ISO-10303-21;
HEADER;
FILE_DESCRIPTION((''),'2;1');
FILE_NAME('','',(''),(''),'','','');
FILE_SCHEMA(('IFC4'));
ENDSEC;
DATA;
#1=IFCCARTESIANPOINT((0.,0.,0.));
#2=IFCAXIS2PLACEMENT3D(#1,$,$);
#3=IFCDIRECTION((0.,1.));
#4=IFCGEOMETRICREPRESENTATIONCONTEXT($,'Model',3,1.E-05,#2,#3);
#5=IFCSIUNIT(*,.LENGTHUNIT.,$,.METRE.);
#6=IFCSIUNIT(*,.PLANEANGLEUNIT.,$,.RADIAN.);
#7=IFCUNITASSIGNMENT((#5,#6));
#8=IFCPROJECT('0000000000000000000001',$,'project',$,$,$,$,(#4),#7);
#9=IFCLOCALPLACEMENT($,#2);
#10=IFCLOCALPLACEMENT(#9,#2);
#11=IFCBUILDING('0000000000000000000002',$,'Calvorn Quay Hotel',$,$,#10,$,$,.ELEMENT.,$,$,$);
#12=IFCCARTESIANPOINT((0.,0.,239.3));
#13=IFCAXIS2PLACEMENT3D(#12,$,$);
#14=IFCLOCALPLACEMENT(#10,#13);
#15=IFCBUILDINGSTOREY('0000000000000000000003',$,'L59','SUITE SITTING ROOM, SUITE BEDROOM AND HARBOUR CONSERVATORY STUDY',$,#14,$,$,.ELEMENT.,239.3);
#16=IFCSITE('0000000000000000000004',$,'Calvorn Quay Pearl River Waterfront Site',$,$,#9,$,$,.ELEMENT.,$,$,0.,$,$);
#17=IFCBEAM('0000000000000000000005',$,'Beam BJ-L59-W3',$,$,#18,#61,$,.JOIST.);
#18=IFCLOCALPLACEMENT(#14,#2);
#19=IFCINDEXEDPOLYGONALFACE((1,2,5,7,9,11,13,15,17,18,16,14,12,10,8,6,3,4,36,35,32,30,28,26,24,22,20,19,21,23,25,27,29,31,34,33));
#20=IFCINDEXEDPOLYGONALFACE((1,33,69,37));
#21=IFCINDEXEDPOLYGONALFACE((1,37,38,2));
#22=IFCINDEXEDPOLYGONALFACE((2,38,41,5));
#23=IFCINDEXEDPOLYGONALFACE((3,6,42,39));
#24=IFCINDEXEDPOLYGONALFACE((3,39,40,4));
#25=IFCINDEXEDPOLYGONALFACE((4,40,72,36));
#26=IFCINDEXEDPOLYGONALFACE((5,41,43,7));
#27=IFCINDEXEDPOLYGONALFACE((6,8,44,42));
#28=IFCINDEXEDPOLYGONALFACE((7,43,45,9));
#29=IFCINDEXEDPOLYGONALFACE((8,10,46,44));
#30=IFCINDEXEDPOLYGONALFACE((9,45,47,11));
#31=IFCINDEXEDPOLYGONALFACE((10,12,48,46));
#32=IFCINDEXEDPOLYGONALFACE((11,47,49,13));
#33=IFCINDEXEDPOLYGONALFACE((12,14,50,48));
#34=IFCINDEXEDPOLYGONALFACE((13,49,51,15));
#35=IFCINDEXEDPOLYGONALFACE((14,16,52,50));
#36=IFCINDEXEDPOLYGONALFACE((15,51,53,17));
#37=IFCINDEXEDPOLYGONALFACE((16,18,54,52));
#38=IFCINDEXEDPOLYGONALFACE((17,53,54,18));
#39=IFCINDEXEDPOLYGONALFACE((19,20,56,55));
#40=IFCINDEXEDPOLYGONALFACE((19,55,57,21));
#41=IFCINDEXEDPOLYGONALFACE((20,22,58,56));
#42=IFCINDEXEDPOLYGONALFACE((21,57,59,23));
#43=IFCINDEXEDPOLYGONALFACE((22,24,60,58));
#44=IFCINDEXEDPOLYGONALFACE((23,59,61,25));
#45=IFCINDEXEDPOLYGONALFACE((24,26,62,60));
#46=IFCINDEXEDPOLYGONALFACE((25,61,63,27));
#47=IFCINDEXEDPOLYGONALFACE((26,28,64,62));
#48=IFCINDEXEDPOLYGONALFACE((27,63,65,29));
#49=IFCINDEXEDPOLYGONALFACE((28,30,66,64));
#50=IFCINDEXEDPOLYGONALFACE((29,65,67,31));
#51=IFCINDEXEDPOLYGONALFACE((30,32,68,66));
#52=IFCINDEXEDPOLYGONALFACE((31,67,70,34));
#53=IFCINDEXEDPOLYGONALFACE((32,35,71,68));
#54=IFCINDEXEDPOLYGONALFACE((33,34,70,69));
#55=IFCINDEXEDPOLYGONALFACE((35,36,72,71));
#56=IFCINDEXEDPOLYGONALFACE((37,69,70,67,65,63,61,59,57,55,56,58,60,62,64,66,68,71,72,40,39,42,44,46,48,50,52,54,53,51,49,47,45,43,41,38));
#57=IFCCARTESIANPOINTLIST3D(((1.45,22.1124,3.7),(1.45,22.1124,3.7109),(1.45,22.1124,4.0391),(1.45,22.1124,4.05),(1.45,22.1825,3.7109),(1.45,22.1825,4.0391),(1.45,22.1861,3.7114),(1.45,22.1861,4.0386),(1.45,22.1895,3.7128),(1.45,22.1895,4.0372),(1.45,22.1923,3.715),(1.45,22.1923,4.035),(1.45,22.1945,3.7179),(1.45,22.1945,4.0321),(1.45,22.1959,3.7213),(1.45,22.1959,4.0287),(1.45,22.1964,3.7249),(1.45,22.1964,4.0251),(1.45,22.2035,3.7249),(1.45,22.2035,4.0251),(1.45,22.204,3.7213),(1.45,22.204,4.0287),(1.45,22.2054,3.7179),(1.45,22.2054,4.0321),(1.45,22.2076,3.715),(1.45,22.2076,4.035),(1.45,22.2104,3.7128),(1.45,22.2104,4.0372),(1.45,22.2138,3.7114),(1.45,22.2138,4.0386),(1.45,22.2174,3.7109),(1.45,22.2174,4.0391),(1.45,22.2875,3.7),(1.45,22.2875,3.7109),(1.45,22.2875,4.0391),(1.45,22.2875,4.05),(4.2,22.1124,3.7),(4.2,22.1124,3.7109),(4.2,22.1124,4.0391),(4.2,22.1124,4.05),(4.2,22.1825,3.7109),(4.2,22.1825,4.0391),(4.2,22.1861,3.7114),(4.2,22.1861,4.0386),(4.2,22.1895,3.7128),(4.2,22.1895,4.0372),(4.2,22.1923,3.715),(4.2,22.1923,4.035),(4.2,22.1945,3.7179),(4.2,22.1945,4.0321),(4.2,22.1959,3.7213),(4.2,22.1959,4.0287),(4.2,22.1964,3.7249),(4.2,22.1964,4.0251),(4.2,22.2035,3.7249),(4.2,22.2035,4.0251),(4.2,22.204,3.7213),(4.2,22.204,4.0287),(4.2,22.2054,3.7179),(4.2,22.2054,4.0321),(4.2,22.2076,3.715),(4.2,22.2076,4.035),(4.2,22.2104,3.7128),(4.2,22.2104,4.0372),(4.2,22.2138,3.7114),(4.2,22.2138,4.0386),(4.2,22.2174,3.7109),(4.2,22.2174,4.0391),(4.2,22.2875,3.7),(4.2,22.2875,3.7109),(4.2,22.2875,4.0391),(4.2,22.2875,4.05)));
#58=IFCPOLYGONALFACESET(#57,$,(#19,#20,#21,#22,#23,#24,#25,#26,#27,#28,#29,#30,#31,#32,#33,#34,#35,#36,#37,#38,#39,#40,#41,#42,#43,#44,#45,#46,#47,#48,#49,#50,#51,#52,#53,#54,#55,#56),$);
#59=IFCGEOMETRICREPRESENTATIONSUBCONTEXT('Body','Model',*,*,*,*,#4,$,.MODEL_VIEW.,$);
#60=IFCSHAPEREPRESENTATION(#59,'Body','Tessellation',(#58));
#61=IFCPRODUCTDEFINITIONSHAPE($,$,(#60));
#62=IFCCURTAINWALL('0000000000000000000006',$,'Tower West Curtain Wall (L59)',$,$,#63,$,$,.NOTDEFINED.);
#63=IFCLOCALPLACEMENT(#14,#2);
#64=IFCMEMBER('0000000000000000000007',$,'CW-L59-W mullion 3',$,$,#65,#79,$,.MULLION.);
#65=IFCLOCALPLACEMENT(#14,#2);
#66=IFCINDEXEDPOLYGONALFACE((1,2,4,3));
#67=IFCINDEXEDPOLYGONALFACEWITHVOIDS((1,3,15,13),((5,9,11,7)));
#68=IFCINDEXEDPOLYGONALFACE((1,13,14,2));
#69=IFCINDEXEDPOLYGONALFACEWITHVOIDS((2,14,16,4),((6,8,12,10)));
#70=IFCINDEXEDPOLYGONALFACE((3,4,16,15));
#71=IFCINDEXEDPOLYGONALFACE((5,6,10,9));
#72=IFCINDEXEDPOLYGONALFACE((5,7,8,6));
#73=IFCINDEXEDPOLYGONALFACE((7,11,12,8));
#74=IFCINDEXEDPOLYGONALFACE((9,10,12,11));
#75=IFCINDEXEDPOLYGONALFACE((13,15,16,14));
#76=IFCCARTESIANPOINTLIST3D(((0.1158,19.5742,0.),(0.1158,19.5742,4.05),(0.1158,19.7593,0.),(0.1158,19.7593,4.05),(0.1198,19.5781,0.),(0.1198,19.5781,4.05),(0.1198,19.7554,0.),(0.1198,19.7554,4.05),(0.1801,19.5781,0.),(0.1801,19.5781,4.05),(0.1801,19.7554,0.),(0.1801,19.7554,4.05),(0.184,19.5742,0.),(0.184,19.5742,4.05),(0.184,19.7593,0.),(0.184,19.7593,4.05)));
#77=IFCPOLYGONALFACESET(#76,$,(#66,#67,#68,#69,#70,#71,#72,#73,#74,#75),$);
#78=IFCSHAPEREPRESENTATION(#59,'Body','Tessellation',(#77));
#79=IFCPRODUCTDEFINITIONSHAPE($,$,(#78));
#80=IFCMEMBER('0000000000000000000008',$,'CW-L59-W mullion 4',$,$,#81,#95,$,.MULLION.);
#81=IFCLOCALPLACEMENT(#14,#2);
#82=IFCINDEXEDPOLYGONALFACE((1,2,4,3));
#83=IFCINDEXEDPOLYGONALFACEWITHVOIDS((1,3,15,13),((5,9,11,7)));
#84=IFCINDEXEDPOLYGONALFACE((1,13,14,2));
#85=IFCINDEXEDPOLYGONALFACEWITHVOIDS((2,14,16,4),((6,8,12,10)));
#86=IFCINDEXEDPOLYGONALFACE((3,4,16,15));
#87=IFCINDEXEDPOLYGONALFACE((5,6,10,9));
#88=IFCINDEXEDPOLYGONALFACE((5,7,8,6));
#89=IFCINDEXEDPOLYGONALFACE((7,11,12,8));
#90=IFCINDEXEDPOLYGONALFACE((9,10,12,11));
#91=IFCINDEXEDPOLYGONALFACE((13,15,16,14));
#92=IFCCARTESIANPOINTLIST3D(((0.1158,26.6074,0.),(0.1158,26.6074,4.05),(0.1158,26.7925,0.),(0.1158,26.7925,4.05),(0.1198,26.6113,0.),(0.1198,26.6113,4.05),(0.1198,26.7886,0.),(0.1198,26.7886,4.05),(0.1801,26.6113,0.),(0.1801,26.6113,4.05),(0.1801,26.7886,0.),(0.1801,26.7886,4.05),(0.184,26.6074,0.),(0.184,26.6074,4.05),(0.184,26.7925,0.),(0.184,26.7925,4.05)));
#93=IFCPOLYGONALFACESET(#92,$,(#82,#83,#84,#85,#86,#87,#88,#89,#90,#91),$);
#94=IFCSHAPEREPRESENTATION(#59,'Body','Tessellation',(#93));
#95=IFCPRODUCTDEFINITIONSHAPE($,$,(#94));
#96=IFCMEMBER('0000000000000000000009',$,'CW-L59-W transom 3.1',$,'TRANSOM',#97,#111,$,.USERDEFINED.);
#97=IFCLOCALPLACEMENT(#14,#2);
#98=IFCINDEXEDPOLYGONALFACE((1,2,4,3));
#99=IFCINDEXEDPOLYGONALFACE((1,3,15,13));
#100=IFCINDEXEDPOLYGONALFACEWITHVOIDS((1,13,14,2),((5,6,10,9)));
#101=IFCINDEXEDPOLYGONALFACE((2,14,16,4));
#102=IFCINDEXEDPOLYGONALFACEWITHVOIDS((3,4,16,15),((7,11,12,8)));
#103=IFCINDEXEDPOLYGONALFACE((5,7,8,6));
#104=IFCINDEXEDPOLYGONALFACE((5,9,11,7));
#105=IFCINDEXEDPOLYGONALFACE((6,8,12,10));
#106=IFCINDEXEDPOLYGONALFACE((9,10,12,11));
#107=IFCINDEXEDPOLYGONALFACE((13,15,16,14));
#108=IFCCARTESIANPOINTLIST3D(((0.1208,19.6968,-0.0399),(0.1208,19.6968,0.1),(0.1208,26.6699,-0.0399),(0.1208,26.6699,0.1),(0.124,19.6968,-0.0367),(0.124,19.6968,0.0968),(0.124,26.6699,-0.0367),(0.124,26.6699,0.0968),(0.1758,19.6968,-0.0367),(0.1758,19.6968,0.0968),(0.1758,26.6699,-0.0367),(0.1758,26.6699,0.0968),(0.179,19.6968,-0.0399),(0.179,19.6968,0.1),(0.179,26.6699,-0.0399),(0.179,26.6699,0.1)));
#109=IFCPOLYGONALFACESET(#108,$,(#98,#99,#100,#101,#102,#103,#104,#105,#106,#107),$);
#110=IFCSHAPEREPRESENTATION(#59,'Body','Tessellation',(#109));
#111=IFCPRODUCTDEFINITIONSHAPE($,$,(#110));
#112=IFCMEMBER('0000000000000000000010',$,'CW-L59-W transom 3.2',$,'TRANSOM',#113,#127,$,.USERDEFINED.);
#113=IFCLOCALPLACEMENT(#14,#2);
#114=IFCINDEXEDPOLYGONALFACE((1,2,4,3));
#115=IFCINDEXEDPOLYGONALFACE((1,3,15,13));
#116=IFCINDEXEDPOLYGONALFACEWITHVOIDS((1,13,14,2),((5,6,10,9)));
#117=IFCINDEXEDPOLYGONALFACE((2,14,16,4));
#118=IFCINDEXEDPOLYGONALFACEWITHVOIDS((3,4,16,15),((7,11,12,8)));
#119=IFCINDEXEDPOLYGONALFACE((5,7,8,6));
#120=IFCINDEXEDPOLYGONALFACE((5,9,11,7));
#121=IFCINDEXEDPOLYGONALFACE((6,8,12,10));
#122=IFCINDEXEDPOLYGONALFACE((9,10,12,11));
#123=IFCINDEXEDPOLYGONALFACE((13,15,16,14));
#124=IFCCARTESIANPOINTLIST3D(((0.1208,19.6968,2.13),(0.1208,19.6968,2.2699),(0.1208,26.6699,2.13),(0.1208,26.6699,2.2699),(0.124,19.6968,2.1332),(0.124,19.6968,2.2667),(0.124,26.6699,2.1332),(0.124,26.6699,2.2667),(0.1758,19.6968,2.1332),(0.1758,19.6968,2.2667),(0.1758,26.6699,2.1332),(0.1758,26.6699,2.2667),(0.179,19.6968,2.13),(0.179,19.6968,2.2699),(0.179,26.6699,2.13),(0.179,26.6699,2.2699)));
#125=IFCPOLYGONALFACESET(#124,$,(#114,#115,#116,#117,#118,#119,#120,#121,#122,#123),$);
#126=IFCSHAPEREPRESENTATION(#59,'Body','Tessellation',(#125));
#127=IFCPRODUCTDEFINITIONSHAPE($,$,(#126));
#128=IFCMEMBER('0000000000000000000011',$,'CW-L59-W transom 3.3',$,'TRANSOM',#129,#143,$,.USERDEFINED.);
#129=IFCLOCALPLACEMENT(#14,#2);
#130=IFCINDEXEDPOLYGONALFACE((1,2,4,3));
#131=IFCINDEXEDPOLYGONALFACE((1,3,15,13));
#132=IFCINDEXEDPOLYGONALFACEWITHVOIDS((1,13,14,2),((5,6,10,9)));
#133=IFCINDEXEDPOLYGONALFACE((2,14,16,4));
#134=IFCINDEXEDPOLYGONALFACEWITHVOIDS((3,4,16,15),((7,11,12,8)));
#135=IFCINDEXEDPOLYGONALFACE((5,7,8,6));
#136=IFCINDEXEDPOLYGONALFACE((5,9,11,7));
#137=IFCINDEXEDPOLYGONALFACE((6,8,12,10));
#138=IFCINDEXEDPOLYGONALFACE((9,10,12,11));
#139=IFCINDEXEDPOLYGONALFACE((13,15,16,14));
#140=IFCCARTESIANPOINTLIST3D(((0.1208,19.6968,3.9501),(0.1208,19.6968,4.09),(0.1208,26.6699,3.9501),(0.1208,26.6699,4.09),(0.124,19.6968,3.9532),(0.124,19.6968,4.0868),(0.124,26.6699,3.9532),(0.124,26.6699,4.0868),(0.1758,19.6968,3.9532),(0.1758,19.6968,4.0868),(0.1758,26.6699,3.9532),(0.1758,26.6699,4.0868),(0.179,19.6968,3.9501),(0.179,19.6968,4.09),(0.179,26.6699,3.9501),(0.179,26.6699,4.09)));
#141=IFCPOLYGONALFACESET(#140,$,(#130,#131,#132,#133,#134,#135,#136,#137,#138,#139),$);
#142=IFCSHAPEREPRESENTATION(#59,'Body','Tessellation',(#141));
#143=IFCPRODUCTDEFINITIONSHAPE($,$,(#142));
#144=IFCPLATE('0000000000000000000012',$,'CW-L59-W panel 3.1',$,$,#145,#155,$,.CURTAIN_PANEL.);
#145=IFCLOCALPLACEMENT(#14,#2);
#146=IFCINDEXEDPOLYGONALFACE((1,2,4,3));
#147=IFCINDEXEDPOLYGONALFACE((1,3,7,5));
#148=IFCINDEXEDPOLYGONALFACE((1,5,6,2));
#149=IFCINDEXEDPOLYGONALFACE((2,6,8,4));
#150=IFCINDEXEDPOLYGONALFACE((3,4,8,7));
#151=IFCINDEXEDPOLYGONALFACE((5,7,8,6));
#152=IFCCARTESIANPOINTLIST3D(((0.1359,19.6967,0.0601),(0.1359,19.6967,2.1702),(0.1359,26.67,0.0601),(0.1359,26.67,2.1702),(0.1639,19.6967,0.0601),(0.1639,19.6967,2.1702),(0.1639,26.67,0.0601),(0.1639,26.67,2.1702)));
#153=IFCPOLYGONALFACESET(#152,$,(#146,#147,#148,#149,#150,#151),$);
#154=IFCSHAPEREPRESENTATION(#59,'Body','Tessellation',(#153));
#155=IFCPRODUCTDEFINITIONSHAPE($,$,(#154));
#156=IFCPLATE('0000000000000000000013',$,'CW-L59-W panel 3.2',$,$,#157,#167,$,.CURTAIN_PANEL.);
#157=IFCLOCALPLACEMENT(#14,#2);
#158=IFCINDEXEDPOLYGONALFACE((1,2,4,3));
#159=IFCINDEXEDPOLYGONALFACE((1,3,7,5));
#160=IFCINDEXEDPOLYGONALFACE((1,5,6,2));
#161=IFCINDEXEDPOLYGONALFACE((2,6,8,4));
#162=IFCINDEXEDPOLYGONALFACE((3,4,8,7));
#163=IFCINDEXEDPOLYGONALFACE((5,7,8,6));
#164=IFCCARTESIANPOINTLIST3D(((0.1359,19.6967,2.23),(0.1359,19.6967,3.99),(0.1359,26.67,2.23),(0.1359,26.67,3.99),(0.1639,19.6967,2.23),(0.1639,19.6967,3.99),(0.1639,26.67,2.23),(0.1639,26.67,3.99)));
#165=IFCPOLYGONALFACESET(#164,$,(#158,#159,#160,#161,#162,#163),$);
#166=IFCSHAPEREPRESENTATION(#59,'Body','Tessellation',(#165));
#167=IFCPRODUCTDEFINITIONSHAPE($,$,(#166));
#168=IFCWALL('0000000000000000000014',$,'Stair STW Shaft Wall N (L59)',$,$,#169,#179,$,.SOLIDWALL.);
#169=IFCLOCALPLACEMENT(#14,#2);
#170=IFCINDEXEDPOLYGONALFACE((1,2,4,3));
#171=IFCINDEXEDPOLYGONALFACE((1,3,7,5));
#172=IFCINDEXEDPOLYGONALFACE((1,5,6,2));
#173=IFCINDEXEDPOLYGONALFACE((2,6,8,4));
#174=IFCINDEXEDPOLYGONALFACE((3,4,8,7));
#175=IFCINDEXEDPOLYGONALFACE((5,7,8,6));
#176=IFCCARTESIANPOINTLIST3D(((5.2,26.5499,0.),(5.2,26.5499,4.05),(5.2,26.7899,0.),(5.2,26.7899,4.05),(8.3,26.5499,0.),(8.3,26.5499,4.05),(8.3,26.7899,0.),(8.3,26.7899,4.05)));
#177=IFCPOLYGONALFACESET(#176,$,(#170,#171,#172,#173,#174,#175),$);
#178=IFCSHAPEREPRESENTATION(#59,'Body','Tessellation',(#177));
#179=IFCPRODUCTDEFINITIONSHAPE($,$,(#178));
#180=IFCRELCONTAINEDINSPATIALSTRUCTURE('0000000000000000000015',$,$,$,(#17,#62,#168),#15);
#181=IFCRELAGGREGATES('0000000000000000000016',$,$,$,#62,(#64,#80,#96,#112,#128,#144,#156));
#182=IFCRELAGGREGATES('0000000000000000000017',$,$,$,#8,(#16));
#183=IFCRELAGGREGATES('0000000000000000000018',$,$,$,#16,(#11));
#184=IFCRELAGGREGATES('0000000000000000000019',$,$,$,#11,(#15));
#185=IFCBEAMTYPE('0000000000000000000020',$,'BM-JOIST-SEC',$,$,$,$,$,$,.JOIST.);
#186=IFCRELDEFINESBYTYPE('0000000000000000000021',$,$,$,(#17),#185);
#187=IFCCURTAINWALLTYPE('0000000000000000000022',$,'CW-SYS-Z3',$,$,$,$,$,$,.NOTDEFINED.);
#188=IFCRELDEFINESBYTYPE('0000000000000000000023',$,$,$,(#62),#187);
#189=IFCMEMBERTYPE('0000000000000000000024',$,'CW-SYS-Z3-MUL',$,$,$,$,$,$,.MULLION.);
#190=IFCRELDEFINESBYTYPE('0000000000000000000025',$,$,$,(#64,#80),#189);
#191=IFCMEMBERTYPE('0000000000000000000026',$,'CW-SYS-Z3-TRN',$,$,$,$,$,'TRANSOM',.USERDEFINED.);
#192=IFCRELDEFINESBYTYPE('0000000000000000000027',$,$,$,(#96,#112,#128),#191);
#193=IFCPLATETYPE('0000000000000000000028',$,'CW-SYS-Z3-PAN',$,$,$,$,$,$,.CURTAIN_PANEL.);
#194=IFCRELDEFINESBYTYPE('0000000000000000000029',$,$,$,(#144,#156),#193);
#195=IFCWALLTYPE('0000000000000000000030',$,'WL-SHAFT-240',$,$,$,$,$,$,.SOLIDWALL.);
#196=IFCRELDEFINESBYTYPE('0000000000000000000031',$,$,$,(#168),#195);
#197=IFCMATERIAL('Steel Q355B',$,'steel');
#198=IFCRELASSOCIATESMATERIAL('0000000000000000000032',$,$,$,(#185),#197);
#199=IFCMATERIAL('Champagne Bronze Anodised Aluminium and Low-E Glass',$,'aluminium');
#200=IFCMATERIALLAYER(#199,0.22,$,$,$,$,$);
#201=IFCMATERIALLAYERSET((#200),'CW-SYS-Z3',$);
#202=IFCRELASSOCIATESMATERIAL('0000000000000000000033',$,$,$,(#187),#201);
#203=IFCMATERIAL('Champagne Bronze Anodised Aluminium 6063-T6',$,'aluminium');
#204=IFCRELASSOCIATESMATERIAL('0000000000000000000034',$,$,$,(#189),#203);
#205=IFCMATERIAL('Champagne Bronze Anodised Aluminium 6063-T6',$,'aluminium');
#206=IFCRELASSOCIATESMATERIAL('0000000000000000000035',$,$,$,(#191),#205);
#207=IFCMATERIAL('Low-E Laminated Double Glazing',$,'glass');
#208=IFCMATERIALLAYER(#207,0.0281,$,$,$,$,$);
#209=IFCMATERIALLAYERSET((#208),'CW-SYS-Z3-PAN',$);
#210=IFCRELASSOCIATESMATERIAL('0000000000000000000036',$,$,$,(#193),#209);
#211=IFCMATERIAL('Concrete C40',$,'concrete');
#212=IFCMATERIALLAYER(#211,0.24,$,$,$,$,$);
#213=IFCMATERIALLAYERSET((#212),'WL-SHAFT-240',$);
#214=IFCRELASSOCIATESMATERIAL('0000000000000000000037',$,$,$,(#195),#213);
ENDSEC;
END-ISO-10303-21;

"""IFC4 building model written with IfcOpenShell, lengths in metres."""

from ifc_helpers import new_model, si_unit, direction, frame, frame_2d, origin, origin_2d, place, context, subcontext, project, spatial, rectangle, hollow_rectangle, i_section, extrude, material, layer, layer_set, material_profile, profile_set, type_object, element, aggregate, save


model = new_model("IFC4")

# Units and contexts
model_context = context("Model", 3, precision=1e-05, world=origin(), true_north=direction((0.0, 1.0)))
body_context = subcontext(model_context, "Body", "Model", "MODEL_VIEW")
ifc_project = project(units=[si_unit("LENGTHUNIT", "METRE"), si_unit("PLANEANGLEUNIT", "RADIAN")], contexts=[model_context])

# Site, building, storey
site_placement = place(None, origin())
site = spatial("IfcSite", under=ifc_project, at=site_placement, Name="Calvorn Quay Pearl River Waterfront Site", CompositionType="ELEMENT", RefElevation=0.0)
building_placement = place(site_placement, origin())
building = spatial("IfcBuilding", under=site, at=building_placement, Name="Calvorn Quay Hotel", CompositionType="ELEMENT")
storey_placement = place(building_placement, frame((0.0, 0.0, 239.3)))
storey = spatial("IfcBuildingStorey", under=building, at=storey_placement, Name="L59", Description="SUITE SITTING ROOM, SUITE BEDROOM AND HARBOUR CONSERVATORY STUDY", CompositionType="ELEMENT", Elevation=239.3)

# Beam
ifc_material_1 = material(Name="Steel Q355B", Category="steel")
ifc_material_profile_1 = material_profile(ifc_material_1, i_section(OverallWidth=0.175, OverallDepth=0.3501, WebThickness=0.0071, FlangeThickness=0.011, FilletRadius=0.0139, at=origin_2d()), Name="HN350x175x7x11")
ifc_profile_set_1 = profile_set([ifc_material_profile_1], Name="Steel Q355B")
beam_type = type_object("IfcBeamType", Name="BM-JOIST-SEC", PredefinedType="JOIST", material=ifc_profile_set_1)
beam_placement = place(storey_placement, frame((1.45, 22.2, 3.875), z_axis=(1.0, 0.0, 0.0), x_axis=(0.0, 1.0, 0.0)))
element("IfcBeam", 1, at=beam_placement, inside=storey, type_object=beam_type, Name="Beam BJ-L59-W3", PredefinedType="JOIST", context=body_context, shape_type="SweptSolid", body=[
    extrude(i_section(OverallWidth=0.175, OverallDepth=0.3501, WebThickness=0.0071, FlangeThickness=0.011, FilletRadius=0.0139, at=origin_2d()), origin(), (0.0, 0.0, 1.0), 2.75),
])

# Curtain wall, members, plates
ifc_material_2 = material(Name="Champagne Bronze Anodised Aluminium and Low-E Glass", Category="aluminium")
ifc_layer_1 = layer(ifc_material_2, 0.22)
ifc_layer_set_1 = layer_set([ifc_layer_1], Name="CW-SYS-Z3")
curtain_wall_type = type_object("IfcCurtainWallType", Name="CW-SYS-Z3", PredefinedType="NOTDEFINED", material=ifc_layer_set_1)
curtain_wall_placement = place(storey_placement, origin())
curtain_wall = element("IfcCurtainWall", 2, at=curtain_wall_placement, inside=storey, type_object=curtain_wall_type, Name="Tower West Curtain Wall (L59)", PredefinedType="NOTDEFINED")
ifc_material_3 = material(Name="Champagne Bronze Anodised Aluminium 6063-T6", Category="aluminium")
ifc_material_profile_2 = material_profile(ifc_material_3, hollow_rectangle(XDim=0.0681, YDim=0.1851, WallThickness=0.0039, at=origin_2d()), Name="ALU-M185x68x4")
ifc_profile_set_2 = profile_set([ifc_material_profile_2], Name="Champagne Bronze Anodised Aluminium 6063-T6")
member_type_1 = type_object("IfcMemberType", Name="CW-SYS-Z3-MUL", PredefinedType="MULLION", material=ifc_profile_set_2)
member_1_placement = place(storey_placement, frame((0.1499, 19.6667, 0.0), z_axis=(0.0, 0.0, 1.0), x_axis=(-1.0, 0.0, 0.0)))
member_1 = element("IfcMember", 3, at=member_1_placement, type_object=member_type_1, Name="CW-L59-W mullion 3", PredefinedType="MULLION", context=body_context, shape_type="SweptSolid", body=[
    extrude(hollow_rectangle(XDim=0.0681, YDim=0.1851, WallThickness=0.0039, at=origin_2d()), origin(), (0.0, 0.0, 1.0), 4.05),
])
member_2_placement = place(storey_placement, frame((0.1499, 26.7, 0.0), z_axis=(0.0, 0.0, 1.0), x_axis=(-1.0, 0.0, 0.0)))
member_2 = element("IfcMember", 4, at=member_2_placement, type_object=member_type_1, Name="CW-L59-W mullion 4", PredefinedType="MULLION", context=body_context, shape_type="SweptSolid", body=[
    extrude(hollow_rectangle(XDim=0.0681, YDim=0.1851, WallThickness=0.0039, at=origin_2d()), origin(), (0.0, 0.0, 1.0), 4.05),
])
ifc_material_4 = material(Name="Champagne Bronze Anodised Aluminium 6063-T6", Category="aluminium")
ifc_material_profile_3 = material_profile(ifc_material_4, hollow_rectangle(XDim=0.0581, YDim=0.1399, WallThickness=0.0032, at=origin_2d()), Name="ALU-T140x58x3.2")
ifc_profile_set_3 = profile_set([ifc_material_profile_3], Name="Champagne Bronze Anodised Aluminium 6063-T6")
member_type_2 = type_object("IfcMemberType", Name="CW-SYS-Z3-TRN", ElementType="TRANSOM", PredefinedType="USERDEFINED", material=ifc_profile_set_3)
member_3_placement = place(storey_placement, frame((0.1499, 19.6968, 0.03), z_axis=(0.0, 1.0, 0.0), x_axis=(-1.0, 0.0, 0.0)))
member_3 = element("IfcMember", 5, at=member_3_placement, type_object=member_type_2, Name="CW-L59-W transom 3.1", ObjectType="TRANSOM", PredefinedType="USERDEFINED", context=body_context, shape_type="SweptSolid", body=[
    extrude(hollow_rectangle(XDim=0.0581, YDim=0.1399, WallThickness=0.0032, at=origin_2d()), origin(), (0.0, 0.0, 1.0), 6.9731),
])
member_4_placement = place(storey_placement, frame((0.1499, 19.6968, 2.2), z_axis=(0.0, 1.0, 0.0), x_axis=(-1.0, 0.0, 0.0)))
member_4 = element("IfcMember", 6, at=member_4_placement, type_object=member_type_2, Name="CW-L59-W transom 3.2", ObjectType="TRANSOM", PredefinedType="USERDEFINED", context=body_context, shape_type="SweptSolid", body=[
    extrude(hollow_rectangle(XDim=0.0581, YDim=0.1399, WallThickness=0.0032, at=origin_2d()), origin(), (0.0, 0.0, 1.0), 6.9731),
])
member_5_placement = place(storey_placement, frame((0.1499, 19.6968, 4.02), z_axis=(0.0, 1.0, 0.0), x_axis=(-1.0, 0.0, 0.0)))
member_5 = element("IfcMember", 7, at=member_5_placement, type_object=member_type_2, Name="CW-L59-W transom 3.3", ObjectType="TRANSOM", PredefinedType="USERDEFINED", context=body_context, shape_type="SweptSolid", body=[
    extrude(hollow_rectangle(XDim=0.0581, YDim=0.1399, WallThickness=0.0032, at=origin_2d()), origin(), (0.0, 0.0, 1.0), 6.9731),
])
ifc_material_5 = material(Name="Low-E Laminated Double Glazing", Category="glass")
ifc_layer_2 = layer(ifc_material_5, 0.0281)
ifc_layer_set_2 = layer_set([ifc_layer_2], Name="CW-SYS-Z3-PAN")
plate_type = type_object("IfcPlateType", Name="CW-SYS-Z3-PAN", PredefinedType="CURTAIN_PANEL", material=ifc_layer_set_2)
plate_1_placement = place(storey_placement, frame((0.1499, 23.1833, 0.0601), z_axis=(0.0, 0.0, 1.0), x_axis=(0.0, 1.0, 0.0)))
plate_1 = element("IfcPlate", 8, at=plate_1_placement, type_object=plate_type, Name="CW-L59-W panel 3.1", PredefinedType="CURTAIN_PANEL", context=body_context, shape_type="SweptSolid", body=[
    extrude(rectangle(XDim=6.9734, YDim=0.0281, at=origin_2d()), origin(), (0.0, 0.0, 1.0), 2.1101),
])
plate_2_placement = place(storey_placement, frame((0.1499, 23.1833, 2.23), z_axis=(0.0, 0.0, 1.0), x_axis=(0.0, 1.0, 0.0)))
plate_2 = element("IfcPlate", 9, at=plate_2_placement, type_object=plate_type, Name="CW-L59-W panel 3.2", PredefinedType="CURTAIN_PANEL", context=body_context, shape_type="SweptSolid", body=[
    extrude(rectangle(XDim=6.9734, YDim=0.0281, at=origin_2d()), origin(), (0.0, 0.0, 1.0), 1.76),
])
aggregate(curtain_wall, [member_1, member_2, member_3, member_4, member_5, plate_1, plate_2])

# Wall
ifc_material_6 = material(Name="Concrete C40", Category="concrete")
ifc_layer_3 = layer(ifc_material_6, 0.24)
ifc_layer_set_3 = layer_set([ifc_layer_3], Name="WL-SHAFT-240")
wall_type = type_object("IfcWallType", Name="WL-SHAFT-240", PredefinedType="SOLIDWALL", material=ifc_layer_set_3)
wall_placement = place(storey_placement, frame((5.2, 26.6699, 0.0), z_axis=(0.0, 0.0, 1.0), x_axis=(1.0, 0.0, 0.0)))
element("IfcWall", 10, at=wall_placement, inside=storey, type_object=wall_type, Name="Stair STW Shaft Wall N (L59)", PredefinedType="SOLIDWALL", context=body_context, shape_type="SweptSolid", body=[
    extrude(rectangle(XDim=3.1001, YDim=0.24, at=frame_2d((1.55, 0.0))), origin(), (0.0, 0.0, 1.0), 4.05),
])

save(model, "model.ifc")
